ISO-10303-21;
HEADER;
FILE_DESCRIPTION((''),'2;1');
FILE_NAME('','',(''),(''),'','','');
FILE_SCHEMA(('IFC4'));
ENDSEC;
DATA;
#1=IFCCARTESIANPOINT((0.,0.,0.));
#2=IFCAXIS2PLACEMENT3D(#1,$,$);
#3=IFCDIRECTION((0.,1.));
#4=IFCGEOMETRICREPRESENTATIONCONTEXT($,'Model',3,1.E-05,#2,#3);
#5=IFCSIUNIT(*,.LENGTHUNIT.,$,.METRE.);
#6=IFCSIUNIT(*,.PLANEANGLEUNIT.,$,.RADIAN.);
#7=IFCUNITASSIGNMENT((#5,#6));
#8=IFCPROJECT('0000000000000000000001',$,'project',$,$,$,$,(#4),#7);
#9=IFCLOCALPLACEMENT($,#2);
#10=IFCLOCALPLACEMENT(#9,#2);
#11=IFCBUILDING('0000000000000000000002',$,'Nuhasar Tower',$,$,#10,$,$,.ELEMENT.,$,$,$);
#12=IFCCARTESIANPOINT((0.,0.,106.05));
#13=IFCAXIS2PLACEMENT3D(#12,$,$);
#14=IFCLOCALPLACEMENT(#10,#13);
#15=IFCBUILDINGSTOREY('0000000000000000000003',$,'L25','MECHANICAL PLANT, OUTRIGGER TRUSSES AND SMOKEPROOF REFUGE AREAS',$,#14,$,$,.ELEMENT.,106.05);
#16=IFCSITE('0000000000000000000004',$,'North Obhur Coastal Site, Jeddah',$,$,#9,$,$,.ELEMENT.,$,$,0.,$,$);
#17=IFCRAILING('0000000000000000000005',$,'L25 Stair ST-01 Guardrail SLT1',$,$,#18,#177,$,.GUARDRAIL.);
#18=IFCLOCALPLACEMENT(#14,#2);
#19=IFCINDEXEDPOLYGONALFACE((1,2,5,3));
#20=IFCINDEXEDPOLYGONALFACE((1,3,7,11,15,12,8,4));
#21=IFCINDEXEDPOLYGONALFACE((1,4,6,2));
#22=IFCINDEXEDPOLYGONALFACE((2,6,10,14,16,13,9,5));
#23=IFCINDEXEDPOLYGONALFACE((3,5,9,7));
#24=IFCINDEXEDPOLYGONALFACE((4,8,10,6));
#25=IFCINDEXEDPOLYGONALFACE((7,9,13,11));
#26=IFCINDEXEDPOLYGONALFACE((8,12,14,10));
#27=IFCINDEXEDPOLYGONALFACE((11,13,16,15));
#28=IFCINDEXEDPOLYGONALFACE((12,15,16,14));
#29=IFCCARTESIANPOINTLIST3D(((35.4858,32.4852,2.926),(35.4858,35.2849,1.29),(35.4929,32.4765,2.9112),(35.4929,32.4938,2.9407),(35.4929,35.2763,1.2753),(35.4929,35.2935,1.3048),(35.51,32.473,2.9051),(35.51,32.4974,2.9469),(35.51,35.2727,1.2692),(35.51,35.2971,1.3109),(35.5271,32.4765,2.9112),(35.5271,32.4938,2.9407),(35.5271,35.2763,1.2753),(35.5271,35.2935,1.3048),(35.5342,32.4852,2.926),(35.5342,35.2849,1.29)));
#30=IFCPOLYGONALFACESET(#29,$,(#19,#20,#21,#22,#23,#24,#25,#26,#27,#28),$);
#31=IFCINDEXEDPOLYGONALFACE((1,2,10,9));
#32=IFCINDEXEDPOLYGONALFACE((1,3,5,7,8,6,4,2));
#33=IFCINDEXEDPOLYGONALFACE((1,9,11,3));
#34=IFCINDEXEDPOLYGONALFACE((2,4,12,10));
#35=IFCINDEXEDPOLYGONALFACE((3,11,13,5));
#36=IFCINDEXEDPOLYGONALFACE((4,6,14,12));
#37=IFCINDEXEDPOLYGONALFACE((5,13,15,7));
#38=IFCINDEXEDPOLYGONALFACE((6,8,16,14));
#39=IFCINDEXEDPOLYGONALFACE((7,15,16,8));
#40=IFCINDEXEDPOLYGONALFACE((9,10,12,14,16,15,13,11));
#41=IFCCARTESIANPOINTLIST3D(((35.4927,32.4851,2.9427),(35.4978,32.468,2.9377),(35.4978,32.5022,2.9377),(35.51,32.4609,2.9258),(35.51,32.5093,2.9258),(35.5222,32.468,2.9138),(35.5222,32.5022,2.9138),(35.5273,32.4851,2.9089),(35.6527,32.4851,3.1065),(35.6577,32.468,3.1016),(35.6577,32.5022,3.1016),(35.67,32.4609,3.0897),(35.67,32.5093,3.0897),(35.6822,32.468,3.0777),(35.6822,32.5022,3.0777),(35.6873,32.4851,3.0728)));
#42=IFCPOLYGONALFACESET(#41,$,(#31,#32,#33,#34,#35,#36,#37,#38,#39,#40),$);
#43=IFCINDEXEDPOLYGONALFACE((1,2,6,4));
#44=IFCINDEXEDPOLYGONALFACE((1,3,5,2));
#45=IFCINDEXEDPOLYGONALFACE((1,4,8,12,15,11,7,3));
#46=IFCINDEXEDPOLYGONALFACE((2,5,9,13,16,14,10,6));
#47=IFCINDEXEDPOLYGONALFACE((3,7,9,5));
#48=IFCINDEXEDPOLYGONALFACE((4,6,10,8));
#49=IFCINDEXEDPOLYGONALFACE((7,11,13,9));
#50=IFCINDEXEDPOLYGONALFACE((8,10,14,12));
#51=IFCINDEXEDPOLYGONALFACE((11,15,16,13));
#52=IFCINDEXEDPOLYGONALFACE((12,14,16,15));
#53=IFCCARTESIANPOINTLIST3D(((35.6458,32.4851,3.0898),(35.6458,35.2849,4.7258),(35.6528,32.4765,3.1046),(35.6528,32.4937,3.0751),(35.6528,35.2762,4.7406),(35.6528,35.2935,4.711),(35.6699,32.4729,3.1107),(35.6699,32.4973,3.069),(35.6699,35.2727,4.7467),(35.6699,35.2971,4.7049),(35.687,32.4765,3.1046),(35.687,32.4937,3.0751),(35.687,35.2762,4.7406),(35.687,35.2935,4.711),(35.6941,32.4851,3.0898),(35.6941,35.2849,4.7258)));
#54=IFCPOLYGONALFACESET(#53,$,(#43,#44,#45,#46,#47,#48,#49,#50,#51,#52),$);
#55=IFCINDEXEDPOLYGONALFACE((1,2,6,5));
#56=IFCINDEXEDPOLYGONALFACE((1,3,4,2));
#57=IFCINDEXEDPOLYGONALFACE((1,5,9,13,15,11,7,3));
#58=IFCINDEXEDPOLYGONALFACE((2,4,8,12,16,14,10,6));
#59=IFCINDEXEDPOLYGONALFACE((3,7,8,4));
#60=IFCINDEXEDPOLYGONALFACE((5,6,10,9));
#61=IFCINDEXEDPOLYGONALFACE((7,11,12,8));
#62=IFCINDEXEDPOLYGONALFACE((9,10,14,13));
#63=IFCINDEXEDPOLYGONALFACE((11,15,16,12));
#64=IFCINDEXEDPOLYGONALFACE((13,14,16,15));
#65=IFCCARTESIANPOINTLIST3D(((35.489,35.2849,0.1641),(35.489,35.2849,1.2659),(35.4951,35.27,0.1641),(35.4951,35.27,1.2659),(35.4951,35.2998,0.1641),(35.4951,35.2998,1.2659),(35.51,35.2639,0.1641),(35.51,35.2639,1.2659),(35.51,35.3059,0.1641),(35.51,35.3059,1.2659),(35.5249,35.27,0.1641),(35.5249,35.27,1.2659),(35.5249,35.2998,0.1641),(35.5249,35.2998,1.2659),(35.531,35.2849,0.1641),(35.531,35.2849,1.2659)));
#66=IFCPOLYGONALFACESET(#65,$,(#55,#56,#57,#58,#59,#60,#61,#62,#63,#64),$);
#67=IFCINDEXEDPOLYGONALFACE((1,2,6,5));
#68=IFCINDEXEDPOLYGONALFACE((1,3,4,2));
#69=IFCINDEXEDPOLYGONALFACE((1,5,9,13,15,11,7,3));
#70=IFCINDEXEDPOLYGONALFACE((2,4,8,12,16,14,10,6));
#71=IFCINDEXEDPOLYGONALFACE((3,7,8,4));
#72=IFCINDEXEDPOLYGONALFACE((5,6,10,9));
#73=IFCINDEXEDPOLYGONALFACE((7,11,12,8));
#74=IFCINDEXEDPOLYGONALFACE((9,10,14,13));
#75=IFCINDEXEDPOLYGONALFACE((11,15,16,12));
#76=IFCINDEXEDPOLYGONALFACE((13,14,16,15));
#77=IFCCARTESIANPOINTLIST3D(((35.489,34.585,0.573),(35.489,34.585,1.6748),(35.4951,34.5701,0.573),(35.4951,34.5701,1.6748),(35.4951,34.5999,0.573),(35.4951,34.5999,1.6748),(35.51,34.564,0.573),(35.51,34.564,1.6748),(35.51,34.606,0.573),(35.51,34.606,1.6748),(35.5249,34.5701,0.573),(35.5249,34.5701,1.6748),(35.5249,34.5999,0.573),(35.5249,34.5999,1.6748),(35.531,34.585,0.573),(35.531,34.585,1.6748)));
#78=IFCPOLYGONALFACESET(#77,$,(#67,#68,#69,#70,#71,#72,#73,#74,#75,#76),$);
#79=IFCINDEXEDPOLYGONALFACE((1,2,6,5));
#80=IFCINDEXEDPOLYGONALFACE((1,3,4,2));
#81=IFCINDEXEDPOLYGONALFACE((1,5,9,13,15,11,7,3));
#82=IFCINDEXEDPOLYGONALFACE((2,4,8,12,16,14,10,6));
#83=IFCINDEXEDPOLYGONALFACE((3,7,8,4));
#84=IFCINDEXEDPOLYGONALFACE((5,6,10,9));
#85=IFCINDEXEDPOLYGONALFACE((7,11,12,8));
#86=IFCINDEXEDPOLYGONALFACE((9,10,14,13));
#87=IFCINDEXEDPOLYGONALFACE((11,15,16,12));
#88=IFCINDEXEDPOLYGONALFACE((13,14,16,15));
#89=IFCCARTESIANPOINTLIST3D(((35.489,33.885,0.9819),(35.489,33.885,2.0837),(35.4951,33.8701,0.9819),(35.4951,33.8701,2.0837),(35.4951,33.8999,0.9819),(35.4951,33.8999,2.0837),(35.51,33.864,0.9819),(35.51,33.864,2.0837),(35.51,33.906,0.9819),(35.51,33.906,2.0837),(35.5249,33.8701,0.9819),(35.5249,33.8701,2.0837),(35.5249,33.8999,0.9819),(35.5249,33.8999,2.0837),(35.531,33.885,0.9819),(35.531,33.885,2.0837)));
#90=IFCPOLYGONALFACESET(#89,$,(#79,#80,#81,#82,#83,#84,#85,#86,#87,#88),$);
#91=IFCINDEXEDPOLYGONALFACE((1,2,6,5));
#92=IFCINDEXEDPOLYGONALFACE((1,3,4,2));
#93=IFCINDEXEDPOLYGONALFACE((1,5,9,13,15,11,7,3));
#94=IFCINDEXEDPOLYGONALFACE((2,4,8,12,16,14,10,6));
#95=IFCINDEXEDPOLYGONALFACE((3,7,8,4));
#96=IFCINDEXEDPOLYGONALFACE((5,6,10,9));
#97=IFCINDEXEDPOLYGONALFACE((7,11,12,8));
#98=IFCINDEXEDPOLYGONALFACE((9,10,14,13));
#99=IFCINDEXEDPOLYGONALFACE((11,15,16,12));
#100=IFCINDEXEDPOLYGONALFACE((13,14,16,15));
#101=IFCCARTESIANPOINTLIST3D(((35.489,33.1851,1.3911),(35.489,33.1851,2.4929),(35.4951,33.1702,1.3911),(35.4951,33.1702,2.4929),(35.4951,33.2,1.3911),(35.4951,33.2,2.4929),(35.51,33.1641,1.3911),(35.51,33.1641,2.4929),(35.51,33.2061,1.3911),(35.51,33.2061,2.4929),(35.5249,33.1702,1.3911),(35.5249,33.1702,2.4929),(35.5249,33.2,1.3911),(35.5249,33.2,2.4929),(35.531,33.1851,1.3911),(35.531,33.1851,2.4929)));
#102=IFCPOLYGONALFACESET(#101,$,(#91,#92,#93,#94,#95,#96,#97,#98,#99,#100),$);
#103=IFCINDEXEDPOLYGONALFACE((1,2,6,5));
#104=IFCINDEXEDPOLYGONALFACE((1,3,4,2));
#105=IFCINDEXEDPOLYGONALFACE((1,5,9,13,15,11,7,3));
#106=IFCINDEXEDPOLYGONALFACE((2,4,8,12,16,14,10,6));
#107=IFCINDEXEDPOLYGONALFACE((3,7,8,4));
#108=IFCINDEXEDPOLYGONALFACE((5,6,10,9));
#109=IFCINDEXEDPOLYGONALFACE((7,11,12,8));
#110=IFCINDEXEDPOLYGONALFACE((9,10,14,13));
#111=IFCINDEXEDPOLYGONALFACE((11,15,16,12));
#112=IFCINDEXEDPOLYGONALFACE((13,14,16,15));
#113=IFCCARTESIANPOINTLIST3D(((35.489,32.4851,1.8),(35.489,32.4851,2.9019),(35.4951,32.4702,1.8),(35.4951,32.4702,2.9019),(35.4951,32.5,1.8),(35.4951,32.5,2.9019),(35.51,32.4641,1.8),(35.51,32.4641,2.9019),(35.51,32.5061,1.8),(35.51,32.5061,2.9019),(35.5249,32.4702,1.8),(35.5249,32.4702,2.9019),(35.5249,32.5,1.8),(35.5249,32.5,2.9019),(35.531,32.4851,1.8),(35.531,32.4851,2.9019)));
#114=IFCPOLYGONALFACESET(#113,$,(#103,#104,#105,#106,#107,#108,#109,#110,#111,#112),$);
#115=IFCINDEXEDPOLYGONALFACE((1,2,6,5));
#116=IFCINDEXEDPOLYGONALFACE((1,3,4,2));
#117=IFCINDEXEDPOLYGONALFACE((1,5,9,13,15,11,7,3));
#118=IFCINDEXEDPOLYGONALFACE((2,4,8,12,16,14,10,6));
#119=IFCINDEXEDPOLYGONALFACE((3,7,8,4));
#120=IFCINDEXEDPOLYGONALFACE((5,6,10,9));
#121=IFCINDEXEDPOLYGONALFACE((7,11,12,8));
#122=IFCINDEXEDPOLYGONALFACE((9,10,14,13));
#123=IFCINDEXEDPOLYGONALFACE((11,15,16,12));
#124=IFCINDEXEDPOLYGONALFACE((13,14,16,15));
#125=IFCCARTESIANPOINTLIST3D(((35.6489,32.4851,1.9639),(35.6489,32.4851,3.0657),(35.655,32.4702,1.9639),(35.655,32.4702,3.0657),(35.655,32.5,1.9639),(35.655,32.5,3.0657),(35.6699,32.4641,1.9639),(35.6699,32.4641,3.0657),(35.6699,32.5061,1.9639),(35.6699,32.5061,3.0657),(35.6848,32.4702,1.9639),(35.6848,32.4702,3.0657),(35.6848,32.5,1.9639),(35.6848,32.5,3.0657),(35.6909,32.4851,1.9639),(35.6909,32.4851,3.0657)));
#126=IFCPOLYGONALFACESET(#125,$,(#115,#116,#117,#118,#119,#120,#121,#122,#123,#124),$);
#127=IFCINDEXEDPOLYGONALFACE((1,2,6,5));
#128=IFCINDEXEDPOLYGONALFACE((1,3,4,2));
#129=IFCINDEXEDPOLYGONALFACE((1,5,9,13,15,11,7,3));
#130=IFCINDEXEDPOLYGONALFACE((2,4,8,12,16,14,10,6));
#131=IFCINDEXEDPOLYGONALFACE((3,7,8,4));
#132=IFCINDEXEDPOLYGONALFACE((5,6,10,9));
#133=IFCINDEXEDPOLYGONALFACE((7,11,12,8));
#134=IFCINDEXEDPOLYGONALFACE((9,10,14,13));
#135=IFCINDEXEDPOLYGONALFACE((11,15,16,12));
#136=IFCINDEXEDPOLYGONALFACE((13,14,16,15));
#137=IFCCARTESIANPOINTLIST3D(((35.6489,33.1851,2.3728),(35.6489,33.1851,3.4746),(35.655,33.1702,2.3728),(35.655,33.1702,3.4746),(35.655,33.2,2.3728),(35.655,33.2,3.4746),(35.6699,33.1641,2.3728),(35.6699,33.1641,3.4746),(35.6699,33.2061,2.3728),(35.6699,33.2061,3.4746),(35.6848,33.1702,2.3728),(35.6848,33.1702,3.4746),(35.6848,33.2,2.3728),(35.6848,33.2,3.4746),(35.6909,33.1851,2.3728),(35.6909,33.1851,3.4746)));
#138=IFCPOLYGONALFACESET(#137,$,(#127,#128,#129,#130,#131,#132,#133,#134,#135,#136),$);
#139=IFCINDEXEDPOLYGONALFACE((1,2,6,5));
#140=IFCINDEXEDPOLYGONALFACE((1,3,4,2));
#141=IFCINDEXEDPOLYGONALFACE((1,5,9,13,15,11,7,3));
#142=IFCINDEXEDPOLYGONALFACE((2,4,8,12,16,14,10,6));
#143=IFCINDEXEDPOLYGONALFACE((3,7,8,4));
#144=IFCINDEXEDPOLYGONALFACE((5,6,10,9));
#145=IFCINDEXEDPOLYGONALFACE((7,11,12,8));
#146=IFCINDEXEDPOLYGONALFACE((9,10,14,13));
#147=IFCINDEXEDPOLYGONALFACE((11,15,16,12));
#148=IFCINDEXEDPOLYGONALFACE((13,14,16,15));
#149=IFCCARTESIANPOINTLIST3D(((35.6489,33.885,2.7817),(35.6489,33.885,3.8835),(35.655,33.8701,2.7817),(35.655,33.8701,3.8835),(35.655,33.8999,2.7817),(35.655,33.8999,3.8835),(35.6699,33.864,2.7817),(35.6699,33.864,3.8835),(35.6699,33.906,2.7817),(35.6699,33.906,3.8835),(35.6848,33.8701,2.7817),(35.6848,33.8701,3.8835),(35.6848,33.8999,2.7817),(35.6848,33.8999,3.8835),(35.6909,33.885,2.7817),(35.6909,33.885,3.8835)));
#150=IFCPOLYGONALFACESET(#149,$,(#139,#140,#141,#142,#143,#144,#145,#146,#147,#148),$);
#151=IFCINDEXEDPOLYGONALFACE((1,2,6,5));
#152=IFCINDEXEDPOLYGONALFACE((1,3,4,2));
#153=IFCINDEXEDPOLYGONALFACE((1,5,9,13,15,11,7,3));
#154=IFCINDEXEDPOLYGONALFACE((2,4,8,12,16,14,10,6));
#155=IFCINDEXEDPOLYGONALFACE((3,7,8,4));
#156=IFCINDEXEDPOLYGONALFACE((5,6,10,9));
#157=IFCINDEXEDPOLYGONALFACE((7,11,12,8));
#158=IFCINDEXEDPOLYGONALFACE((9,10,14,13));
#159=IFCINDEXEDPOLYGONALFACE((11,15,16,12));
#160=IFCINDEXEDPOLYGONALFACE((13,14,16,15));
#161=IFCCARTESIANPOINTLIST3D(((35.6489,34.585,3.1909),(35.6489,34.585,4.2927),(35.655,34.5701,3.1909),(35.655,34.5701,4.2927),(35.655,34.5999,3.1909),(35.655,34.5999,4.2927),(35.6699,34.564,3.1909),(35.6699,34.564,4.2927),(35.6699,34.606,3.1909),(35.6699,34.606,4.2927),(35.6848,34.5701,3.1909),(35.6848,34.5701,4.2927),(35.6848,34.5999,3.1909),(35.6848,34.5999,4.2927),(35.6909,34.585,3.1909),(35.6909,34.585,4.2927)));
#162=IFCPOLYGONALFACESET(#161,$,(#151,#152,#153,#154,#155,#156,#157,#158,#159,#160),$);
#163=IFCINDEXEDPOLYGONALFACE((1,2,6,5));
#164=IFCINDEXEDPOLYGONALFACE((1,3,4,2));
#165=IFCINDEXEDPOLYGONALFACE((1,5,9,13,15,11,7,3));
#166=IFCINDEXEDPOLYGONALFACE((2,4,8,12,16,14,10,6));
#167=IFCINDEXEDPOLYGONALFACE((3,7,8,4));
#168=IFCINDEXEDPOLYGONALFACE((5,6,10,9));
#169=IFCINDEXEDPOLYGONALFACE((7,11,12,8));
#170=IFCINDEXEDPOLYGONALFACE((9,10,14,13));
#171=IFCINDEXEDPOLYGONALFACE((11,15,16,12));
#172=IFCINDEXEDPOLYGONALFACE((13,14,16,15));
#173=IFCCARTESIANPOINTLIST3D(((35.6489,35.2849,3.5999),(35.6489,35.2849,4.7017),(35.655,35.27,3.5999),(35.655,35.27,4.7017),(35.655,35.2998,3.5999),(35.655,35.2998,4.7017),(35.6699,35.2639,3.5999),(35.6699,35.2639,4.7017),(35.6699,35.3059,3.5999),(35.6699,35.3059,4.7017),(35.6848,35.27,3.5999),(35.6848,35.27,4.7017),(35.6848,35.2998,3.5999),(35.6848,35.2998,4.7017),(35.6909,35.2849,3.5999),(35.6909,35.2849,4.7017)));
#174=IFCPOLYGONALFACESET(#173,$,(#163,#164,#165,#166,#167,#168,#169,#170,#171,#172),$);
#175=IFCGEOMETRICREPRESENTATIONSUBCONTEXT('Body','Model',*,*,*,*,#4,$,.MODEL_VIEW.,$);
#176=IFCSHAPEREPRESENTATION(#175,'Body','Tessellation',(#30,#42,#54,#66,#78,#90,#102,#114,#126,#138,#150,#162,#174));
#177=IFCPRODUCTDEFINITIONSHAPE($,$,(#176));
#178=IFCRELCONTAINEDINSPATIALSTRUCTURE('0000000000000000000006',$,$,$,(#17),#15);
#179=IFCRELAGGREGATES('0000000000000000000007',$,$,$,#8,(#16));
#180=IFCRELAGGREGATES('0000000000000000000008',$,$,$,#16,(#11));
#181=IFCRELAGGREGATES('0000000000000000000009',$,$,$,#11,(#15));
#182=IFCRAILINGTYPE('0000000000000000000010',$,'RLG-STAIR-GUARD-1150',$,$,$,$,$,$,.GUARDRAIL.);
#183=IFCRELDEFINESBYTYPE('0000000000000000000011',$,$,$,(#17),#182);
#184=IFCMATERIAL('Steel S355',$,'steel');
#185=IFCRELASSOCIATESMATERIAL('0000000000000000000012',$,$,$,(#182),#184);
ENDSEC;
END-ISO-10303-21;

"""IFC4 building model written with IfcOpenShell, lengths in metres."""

from ifc_helpers import new_model, si_unit, direction, frame, origin, place, context, subcontext, project, spatial, polyline, outline, extrude, material, type_object, element, save


model = new_model("IFC4")

# Units and contexts
model_context = context("Model", 3, precision=1e-05, world=origin(), true_north=direction((0.0, 1.0)))
body_context = subcontext(model_context, "Body", "Model", "MODEL_VIEW")
ifc_project = project(units=[si_unit("LENGTHUNIT", "METRE"), si_unit("PLANEANGLEUNIT", "RADIAN")], contexts=[model_context])

# Site, building, storey
site_placement = place(None, origin())
site = spatial("IfcSite", under=ifc_project, at=site_placement, Name="North Obhur Coastal Site, Jeddah", CompositionType="ELEMENT", RefElevation=0.0)
building_placement = place(site_placement, origin())
building = spatial("IfcBuilding", under=site, at=building_placement, Name="Nuhasar Tower", CompositionType="ELEMENT")
storey_placement = place(building_placement, frame((0.0, 0.0, 106.05)))
storey = spatial("IfcBuildingStorey", under=building, at=storey_placement, Name="L25", Description="MECHANICAL PLANT, OUTRIGGER TRUSSES AND SMOKEPROOF REFUGE AREAS", CompositionType="ELEMENT", Elevation=106.05)

# Shared definitions
ifc_material_1 = material(Name="Steel S355", Category="steel")

# Railing
railing_type_1 = type_object("IfcRailingType", Name="RLG-STAIR-GUARD-1150", PredefinedType="GUARDRAIL", material=ifc_material_1)
railing_1_placement = place(storey_placement, frame((35.51, 35.2849, 0.1641)))
element("IfcRailing", 1, at=railing_1_placement, inside=storey, type_object=railing_type_1, Name="L25 Stair ST-01 Guardrail SLT1", PredefinedType="GUARDRAIL", context=body_context, shape_type="SweptSolid", body=[
    extrude(outline(polyline([(0.0242, 0.0), (0.0171, 0.0171), (0.0, 0.0242), (-0.0171, 0.0171), (-0.0242, 0.0), (-0.0171, -0.0171), (0.0, -0.0242), (0.0171, -0.0171), (0.0242, 0.0)])), frame((0.0, 0.0, 1.126), z_axis=(0.0, -0.863407, 0.504508), x_axis=(1.0, 0.0, 0.0)), (0.0, 0.0, 1.0), 3.2427),
    extrude(outline(polyline([(0.0242, 0.0), (0.0171, 0.0171), (0.0, 0.0242), (-0.0171, 0.0171), (-0.0242, 0.0), (-0.0171, -0.0171), (0.0, -0.0242), (0.0171, -0.0171), (0.0242, 0.0)])), frame((0.0, -2.7998, 2.7617), z_axis=(0.698524, 0.0, 0.715587), x_axis=(0.0, 1.0, 0.0)), (0.0, 0.0, 1.0), 0.229),
    extrude(outline(polyline([(0.0242, 0.0), (0.0171, 0.0171), (0.0, 0.0242), (-0.0171, 0.0171), (-0.0242, 0.0), (-0.0171, -0.0171), (0.0, -0.0242), (0.0171, -0.0171), (0.0242, 0.0)])), frame((0.1599, -2.7998, 2.9258), z_axis=(0.0, 0.863407, 0.504508), x_axis=(-1.0, 0.0, 0.0)), (0.0, 0.0, 1.0), 3.2427),
    extrude(outline(polyline([(0.021, 0.0), (0.0149, 0.0149), (0.0, 0.021), (-0.0149, 0.0149), (-0.021, 0.0), (-0.0149, -0.0149), (0.0, -0.021), (0.0149, -0.0149), (0.021, 0.0)])), origin(), (0.0, 0.0, 1.0), 1.1018),
    extrude(outline(polyline([(0.021, 0.0), (0.0149, 0.0149), (0.0, 0.021), (-0.0149, 0.0149), (-0.021, 0.0), (-0.0149, -0.0149), (0.0, -0.021), (0.0149, -0.0149), (0.021, 0.0)])), frame((0.0, -0.7, 0.4089)), (0.0, 0.0, 1.0), 1.1018),
    extrude(outline(polyline([(0.021, 0.0), (0.0149, 0.0149), (0.0, 0.021), (-0.0149, 0.0149), (-0.021, 0.0), (-0.0149, -0.0149), (0.0, -0.021), (0.0149, -0.0149), (0.021, 0.0)])), frame((0.0, -1.3999, 0.8179)), (0.0, 0.0, 1.0), 1.1018),
    extrude(outline(polyline([(0.021, 0.0), (0.0149, 0.0149), (0.0, 0.021), (-0.0149, 0.0149), (-0.021, 0.0), (-0.0149, -0.0149), (0.0, -0.021), (0.0149, -0.0149), (0.021, 0.0)])), frame((0.0, -2.0999, 1.2271)), (0.0, 0.0, 1.0), 1.1018),
    extrude(outline(polyline([(0.021, 0.0), (0.0149, 0.0149), (0.0, 0.021), (-0.0149, 0.0149), (-0.021, 0.0), (-0.0149, -0.0149), (0.0, -0.021), (0.0149, -0.0149), (0.021, 0.0)])), frame((0.0, -2.7998, 1.636)), (0.0, 0.0, 1.0), 1.1018),
    extrude(outline(polyline([(0.021, 0.0), (0.0149, 0.0149), (0.0, 0.021), (-0.0149, 0.0149), (-0.021, 0.0), (-0.0149, -0.0149), (0.0, -0.021), (0.0149, -0.0149), (0.021, 0.0)])), frame((0.1599, -2.7998, 1.7998)), (0.0, 0.0, 1.0), 1.1018),
    extrude(outline(polyline([(0.021, 0.0), (0.0149, 0.0149), (0.0, 0.021), (-0.0149, 0.0149), (-0.021, 0.0), (-0.0149, -0.0149), (0.0, -0.021), (0.0149, -0.0149), (0.021, 0.0)])), frame((0.1599, -2.0999, 2.2087)), (0.0, 0.0, 1.0), 1.1018),
    extrude(outline(polyline([(0.021, 0.0), (0.0149, 0.0149), (0.0, 0.021), (-0.0149, 0.0149), (-0.021, 0.0), (-0.0149, -0.0149), (0.0, -0.021), (0.0149, -0.0149), (0.021, 0.0)])), frame((0.1599, -1.3999, 2.6177)), (0.0, 0.0, 1.0), 1.1018),
    extrude(outline(polyline([(0.021, 0.0), (0.0149, 0.0149), (0.0, 0.021), (-0.0149, 0.0149), (-0.021, 0.0), (-0.0149, -0.0149), (0.0, -0.021), (0.0149, -0.0149), (0.021, 0.0)])), frame((0.1599, -0.7, 3.0269)), (0.0, 0.0, 1.0), 1.1018),
    extrude(outline(polyline([(0.021, 0.0), (0.0149, 0.0149), (0.0, 0.021), (-0.0149, 0.0149), (-0.021, 0.0), (-0.0149, -0.0149), (0.0, -0.021), (0.0149, -0.0149), (0.021, 0.0)])), frame((0.1599, 0.0, 3.4358)), (0.0, 0.0, 1.0), 1.1018),
])

save(model, "model.ifc")
